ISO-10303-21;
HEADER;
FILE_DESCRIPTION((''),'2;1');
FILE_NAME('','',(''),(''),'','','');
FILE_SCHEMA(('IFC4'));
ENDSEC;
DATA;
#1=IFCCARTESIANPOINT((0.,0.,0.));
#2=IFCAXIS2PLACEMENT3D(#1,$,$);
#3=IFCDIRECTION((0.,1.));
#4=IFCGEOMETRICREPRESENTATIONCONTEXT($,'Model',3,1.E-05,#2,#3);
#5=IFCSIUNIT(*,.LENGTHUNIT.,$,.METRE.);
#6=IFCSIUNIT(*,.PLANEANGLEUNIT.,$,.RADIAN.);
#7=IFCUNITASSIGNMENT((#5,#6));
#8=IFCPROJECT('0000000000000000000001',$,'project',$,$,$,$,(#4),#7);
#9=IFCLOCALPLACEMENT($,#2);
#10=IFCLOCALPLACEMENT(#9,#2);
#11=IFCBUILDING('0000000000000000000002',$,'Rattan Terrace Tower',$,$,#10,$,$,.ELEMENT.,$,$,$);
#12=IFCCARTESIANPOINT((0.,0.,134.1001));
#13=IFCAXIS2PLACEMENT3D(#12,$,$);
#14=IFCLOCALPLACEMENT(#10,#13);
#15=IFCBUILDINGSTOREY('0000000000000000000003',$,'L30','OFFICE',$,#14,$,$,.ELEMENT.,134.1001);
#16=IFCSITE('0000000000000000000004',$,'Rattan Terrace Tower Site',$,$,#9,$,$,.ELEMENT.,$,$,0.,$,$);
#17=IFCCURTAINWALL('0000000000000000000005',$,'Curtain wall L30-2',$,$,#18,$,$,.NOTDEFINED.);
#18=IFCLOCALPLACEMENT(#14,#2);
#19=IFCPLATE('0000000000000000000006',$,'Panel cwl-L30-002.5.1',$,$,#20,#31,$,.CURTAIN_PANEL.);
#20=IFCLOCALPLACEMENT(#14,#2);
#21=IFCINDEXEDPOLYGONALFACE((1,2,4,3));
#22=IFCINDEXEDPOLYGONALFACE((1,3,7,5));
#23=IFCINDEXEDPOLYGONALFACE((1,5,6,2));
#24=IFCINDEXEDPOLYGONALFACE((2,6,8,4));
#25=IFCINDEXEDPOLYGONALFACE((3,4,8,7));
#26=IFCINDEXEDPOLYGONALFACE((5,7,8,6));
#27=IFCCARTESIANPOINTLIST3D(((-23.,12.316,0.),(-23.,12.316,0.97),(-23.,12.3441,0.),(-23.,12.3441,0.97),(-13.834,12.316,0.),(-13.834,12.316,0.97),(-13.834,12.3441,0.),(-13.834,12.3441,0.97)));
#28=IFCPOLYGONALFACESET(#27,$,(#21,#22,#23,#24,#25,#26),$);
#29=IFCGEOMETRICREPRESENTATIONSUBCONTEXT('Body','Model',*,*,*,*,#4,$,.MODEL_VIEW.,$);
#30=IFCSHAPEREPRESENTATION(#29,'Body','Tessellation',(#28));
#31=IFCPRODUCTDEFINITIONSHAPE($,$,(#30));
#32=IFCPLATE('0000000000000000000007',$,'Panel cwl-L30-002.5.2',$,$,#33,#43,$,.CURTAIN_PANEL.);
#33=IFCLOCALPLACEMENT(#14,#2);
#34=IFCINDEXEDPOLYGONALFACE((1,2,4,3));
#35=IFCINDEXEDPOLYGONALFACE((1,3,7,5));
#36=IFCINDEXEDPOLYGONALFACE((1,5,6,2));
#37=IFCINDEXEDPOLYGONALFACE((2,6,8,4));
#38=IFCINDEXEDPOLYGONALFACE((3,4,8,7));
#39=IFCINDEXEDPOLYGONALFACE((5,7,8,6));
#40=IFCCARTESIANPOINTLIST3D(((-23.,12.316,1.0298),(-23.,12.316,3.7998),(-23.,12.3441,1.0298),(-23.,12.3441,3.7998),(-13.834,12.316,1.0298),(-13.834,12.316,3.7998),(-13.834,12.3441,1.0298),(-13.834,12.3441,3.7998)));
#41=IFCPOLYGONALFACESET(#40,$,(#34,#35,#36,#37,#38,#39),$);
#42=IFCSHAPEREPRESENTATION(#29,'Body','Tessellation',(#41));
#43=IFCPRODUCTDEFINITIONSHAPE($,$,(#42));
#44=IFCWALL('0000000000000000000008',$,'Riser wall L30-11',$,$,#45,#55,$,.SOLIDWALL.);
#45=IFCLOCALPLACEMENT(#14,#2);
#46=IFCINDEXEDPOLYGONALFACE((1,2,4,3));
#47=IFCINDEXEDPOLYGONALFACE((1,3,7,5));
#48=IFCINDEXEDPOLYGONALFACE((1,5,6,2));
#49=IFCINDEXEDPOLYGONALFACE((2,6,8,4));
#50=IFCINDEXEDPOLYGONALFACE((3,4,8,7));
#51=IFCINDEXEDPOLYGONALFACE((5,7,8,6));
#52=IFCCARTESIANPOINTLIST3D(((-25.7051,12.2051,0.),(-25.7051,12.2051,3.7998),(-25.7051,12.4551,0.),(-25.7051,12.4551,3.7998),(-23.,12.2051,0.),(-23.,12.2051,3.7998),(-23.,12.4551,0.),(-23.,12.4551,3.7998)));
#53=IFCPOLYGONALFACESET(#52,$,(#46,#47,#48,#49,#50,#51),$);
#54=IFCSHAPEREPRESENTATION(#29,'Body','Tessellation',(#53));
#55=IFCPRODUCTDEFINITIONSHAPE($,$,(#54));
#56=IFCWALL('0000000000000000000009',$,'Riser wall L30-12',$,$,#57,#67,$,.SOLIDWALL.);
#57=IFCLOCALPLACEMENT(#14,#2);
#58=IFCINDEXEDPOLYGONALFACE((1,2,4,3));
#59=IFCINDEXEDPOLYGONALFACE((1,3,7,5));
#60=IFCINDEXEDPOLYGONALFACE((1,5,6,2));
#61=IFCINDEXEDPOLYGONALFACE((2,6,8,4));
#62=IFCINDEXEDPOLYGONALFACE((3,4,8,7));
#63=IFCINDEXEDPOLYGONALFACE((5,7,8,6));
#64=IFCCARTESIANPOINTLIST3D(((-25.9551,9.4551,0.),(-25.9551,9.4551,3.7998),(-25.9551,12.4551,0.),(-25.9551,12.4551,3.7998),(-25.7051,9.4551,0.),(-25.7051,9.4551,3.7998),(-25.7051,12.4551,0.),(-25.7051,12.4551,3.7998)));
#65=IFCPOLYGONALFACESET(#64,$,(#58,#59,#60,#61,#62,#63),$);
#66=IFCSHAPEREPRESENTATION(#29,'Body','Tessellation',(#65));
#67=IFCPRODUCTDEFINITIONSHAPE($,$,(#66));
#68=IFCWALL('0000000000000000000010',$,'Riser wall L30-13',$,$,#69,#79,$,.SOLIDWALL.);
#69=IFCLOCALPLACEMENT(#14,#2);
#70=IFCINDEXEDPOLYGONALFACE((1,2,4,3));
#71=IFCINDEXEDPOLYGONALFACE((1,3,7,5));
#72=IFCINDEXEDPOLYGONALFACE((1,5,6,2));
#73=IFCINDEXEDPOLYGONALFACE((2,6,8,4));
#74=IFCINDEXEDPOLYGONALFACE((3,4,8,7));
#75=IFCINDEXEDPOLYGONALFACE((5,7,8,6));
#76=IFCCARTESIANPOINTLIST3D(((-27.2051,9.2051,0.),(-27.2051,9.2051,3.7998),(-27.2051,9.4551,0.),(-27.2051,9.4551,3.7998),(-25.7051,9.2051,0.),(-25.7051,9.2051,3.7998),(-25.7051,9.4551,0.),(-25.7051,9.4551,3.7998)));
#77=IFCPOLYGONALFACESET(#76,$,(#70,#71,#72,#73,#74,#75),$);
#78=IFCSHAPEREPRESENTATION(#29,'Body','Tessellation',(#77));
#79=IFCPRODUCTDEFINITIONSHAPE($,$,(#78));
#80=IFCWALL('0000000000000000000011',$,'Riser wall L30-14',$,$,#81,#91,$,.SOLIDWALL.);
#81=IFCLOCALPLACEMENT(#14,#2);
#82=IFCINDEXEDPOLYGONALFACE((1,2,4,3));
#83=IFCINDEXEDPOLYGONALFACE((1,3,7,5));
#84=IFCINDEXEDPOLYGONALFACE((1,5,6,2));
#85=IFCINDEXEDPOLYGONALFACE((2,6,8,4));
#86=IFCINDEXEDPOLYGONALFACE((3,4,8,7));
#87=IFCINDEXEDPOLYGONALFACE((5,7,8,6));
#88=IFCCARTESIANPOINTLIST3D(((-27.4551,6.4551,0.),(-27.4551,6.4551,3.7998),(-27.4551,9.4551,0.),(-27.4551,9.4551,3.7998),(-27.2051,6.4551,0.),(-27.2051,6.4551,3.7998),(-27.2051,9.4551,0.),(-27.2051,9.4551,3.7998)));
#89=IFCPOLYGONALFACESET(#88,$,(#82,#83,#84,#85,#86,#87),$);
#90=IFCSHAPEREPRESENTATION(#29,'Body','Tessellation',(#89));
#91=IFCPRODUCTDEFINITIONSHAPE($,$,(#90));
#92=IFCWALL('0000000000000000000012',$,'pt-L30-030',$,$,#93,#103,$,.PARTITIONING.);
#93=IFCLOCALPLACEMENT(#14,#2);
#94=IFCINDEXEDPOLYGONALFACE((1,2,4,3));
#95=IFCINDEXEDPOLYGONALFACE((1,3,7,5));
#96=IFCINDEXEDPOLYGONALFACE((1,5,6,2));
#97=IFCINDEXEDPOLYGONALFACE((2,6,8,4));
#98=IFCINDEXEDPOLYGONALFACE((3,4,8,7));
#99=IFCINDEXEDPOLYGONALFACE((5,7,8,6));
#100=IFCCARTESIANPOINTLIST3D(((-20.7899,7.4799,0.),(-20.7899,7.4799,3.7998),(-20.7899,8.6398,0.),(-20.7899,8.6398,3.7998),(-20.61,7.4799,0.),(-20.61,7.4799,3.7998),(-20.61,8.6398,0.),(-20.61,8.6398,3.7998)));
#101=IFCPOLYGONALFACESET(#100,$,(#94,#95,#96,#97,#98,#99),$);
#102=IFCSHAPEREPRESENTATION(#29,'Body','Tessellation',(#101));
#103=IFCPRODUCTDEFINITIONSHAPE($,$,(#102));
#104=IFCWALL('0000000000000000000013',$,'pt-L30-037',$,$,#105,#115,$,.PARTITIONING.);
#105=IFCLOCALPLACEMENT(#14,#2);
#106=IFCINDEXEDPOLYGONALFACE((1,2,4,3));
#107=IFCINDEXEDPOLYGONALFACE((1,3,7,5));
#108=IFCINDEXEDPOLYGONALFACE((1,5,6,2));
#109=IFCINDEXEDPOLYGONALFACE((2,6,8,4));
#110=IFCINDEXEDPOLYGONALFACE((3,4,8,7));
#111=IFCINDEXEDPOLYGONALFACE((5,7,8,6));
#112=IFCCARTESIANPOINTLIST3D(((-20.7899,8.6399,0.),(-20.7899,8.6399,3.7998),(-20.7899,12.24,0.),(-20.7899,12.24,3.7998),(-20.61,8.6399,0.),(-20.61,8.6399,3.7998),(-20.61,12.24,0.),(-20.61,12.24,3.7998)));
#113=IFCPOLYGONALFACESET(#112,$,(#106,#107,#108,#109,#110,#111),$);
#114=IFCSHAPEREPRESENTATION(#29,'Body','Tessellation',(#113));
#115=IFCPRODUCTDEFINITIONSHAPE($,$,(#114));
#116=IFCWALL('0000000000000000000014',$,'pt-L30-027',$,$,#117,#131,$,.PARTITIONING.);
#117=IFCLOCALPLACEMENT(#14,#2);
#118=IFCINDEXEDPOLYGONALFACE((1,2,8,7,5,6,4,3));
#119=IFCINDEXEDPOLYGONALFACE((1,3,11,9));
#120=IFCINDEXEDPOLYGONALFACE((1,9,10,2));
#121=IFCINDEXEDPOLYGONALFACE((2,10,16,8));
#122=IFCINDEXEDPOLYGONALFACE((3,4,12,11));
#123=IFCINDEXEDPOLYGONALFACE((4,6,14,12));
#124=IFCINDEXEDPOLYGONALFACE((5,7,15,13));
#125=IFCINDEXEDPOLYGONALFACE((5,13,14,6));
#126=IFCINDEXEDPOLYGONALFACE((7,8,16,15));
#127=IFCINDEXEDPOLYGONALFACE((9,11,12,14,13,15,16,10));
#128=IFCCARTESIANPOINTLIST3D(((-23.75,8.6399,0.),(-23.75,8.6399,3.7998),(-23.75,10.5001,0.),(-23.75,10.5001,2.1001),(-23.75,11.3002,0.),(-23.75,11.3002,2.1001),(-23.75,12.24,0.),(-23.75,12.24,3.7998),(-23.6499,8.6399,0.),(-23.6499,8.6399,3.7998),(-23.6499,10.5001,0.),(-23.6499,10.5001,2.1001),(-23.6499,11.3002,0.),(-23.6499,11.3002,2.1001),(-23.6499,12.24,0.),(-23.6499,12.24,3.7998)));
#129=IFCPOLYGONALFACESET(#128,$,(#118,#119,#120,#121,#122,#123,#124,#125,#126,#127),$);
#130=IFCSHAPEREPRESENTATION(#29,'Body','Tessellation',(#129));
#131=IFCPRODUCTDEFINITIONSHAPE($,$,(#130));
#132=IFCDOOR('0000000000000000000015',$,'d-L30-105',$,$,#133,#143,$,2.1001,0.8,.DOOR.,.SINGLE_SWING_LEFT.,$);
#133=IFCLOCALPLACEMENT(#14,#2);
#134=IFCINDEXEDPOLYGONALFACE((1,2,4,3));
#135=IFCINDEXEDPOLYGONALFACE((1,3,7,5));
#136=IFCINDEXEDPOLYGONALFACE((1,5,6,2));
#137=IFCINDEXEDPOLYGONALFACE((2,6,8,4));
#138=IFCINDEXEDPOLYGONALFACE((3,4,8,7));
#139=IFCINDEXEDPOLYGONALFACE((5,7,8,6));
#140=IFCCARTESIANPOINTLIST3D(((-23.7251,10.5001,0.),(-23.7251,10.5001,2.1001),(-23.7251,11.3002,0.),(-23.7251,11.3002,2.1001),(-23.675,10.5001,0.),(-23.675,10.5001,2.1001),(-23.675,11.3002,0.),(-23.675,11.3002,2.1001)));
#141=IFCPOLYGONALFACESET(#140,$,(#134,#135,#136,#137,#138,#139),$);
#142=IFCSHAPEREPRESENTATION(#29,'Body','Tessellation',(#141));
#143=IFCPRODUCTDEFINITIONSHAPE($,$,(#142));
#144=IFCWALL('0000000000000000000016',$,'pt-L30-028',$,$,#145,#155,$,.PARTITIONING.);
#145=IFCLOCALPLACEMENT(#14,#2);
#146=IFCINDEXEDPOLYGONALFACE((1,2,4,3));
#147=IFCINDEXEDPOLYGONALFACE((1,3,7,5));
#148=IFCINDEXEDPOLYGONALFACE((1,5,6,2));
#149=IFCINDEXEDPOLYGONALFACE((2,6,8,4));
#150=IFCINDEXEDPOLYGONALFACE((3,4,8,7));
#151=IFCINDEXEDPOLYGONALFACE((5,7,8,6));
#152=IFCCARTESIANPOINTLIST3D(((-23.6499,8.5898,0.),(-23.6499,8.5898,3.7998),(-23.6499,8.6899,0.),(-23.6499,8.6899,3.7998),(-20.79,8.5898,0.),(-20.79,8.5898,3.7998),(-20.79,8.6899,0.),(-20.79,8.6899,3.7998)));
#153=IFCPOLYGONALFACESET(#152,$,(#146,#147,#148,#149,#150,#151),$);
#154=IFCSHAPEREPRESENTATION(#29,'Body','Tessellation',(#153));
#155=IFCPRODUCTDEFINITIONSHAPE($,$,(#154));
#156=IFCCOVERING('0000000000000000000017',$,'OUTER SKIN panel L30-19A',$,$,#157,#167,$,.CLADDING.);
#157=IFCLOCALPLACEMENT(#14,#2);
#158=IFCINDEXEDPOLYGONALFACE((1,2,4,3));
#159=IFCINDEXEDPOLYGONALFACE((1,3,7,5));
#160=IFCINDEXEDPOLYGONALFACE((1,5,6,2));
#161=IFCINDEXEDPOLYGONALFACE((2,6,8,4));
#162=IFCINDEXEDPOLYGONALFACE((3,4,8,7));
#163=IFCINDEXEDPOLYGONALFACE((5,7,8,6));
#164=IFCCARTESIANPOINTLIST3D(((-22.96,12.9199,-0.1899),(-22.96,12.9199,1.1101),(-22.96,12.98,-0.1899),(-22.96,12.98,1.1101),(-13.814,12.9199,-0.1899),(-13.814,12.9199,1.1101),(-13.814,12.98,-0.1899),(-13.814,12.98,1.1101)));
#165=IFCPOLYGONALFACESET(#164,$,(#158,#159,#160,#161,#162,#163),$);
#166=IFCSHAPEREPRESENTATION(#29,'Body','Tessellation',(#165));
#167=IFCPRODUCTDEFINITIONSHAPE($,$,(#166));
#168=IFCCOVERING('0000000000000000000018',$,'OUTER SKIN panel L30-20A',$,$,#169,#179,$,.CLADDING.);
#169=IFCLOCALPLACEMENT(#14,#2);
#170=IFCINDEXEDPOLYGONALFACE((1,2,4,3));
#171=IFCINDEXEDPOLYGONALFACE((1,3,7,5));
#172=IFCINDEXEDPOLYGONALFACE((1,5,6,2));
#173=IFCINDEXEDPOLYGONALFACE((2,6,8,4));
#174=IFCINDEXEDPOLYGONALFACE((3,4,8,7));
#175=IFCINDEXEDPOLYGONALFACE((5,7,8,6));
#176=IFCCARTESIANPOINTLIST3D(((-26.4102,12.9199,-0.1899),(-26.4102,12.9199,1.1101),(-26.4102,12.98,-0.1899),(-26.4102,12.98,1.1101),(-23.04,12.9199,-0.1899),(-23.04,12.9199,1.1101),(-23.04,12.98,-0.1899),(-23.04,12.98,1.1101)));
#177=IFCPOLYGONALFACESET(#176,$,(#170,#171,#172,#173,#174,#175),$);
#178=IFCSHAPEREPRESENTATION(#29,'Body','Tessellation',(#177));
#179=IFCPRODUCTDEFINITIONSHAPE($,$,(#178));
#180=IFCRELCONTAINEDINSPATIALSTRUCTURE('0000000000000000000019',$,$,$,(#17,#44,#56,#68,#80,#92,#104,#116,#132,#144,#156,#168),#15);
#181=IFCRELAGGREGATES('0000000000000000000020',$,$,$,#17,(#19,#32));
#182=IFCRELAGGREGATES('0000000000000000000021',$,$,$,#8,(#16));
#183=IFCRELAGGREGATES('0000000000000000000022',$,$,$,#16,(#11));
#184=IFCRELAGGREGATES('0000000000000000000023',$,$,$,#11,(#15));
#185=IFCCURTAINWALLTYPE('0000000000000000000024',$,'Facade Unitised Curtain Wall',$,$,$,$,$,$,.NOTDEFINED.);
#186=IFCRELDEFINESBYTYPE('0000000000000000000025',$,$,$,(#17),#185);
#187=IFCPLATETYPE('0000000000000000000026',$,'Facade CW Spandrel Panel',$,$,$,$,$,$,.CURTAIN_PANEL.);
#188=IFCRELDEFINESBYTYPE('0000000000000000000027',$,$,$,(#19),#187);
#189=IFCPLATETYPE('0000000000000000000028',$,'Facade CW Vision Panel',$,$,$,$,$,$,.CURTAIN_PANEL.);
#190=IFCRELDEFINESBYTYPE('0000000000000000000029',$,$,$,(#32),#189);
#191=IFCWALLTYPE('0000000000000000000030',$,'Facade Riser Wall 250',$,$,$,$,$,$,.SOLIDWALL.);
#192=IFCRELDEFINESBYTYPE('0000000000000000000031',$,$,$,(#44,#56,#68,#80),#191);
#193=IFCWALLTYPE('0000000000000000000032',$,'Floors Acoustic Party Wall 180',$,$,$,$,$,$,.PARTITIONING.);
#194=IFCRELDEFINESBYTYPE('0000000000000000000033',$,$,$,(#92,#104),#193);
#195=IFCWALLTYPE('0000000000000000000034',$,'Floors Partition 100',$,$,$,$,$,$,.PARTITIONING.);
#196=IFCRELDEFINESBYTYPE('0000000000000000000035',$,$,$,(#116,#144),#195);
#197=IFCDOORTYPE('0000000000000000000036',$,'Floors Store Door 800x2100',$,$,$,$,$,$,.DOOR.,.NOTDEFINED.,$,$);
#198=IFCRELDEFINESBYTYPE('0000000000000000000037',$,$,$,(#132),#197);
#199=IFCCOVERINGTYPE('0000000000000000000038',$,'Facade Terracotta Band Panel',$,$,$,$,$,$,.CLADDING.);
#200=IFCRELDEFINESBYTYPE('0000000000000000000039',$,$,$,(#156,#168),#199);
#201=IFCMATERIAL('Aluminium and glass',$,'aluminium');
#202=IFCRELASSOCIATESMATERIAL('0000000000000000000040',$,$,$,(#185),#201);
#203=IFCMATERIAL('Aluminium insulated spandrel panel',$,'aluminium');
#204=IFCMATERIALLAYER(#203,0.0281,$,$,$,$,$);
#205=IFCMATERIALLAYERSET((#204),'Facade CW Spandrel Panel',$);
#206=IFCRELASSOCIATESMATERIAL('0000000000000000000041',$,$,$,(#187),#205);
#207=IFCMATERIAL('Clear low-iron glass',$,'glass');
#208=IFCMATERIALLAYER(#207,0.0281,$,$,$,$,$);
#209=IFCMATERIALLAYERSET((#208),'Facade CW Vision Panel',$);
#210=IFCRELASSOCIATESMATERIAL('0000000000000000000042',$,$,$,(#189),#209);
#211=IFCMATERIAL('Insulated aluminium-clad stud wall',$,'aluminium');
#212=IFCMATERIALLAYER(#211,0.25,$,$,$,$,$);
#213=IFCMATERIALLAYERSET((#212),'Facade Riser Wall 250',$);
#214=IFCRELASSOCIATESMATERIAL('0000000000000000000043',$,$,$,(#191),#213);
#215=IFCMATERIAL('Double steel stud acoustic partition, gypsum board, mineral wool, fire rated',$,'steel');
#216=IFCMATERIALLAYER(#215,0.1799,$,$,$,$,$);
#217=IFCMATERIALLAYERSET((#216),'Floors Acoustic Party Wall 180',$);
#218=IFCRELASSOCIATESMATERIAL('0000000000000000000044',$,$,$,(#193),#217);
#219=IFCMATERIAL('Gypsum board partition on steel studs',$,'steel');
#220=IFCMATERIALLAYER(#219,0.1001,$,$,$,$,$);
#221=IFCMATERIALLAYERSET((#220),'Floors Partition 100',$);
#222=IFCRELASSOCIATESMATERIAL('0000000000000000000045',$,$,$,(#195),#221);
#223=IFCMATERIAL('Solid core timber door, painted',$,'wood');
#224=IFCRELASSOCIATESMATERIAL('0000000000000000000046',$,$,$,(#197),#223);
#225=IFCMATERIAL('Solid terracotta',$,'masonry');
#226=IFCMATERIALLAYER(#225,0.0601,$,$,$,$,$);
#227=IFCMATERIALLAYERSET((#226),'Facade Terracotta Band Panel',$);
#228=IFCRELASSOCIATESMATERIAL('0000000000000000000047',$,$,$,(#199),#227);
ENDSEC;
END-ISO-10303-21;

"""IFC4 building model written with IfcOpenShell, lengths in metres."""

from ifc_helpers import new_model, si_unit, direction, frame, frame_2d, origin, origin_2d, place, context, subcontext, project, spatial, rectangle, extrude, material, layer, layer_set, type_object, element, fill, aggregate, save


model = new_model("IFC4")

# Units and contexts
model_context = context("Model", 3, precision=1e-05, world=origin(), true_north=direction((0.0, 1.0)))
body_context = subcontext(model_context, "Body", "Model", "MODEL_VIEW")
ifc_project = project(units=[si_unit("LENGTHUNIT", "METRE"), si_unit("PLANEANGLEUNIT", "RADIAN")], contexts=[model_context])

# Site, building, storey
site_placement = place(None, origin())
site = spatial("IfcSite", under=ifc_project, at=site_placement, Name="Rattan Terrace Tower Site", CompositionType="ELEMENT", RefElevation=0.0)
building_placement = place(site_placement, origin())
building = spatial("IfcBuilding", under=site, at=building_placement, Name="Rattan Terrace Tower", CompositionType="ELEMENT")
storey_placement = place(building_placement, frame((0.0, 0.0, 134.1001)))
storey = spatial("IfcBuildingStorey", under=building, at=storey_placement, Name="L30", Description="OFFICE", CompositionType="ELEMENT", Elevation=134.1001)

# Curtain wall, plates
ifc_material_1 = material(Name="Aluminium and glass", Category="aluminium")
curtain_wall_type = type_object("IfcCurtainWallType", Name="Facade Unitised Curtain Wall", PredefinedType="NOTDEFINED", material=ifc_material_1)
curtain_wall_placement = place(storey_placement, origin())
curtain_wall = element("IfcCurtainWall", 1, at=curtain_wall_placement, inside=storey, type_object=curtain_wall_type, Name="Curtain wall L30-2", PredefinedType="NOTDEFINED")
ifc_material_2 = material(Name="Aluminium insulated spandrel panel", Category="aluminium")
ifc_layer_1 = layer(ifc_material_2, 0.0281)
ifc_layer_set_1 = layer_set([ifc_layer_1], Name="Facade CW Spandrel Panel")
plate_type_1 = type_object("IfcPlateType", Name="Facade CW Spandrel Panel", PredefinedType="CURTAIN_PANEL", material=ifc_layer_set_1)
plate_1_placement = place(storey_placement, frame((-18.417, 12.3301, 0.0), z_axis=(0.0, 0.0, 1.0), x_axis=(-1.0, 0.0, 0.0)))
plate_1 = element("IfcPlate", 2, at=plate_1_placement, type_object=plate_type_1, Name="Panel cwl-L30-002.5.1", PredefinedType="CURTAIN_PANEL", context=body_context, shape_type="SweptSolid", body=[
    extrude(rectangle(XDim=9.166, YDim=0.0281, at=origin_2d()), origin(), (0.0, 0.0, 1.0), 0.97),
])
ifc_material_3 = material(Name="Clear low-iron glass", Category="glass")
ifc_layer_2 = layer(ifc_material_3, 0.0281)
ifc_layer_set_2 = layer_set([ifc_layer_2], Name="Facade CW Vision Panel")
plate_type_2 = type_object("IfcPlateType", Name="Facade CW Vision Panel", PredefinedType="CURTAIN_PANEL", material=ifc_layer_set_2)
plate_2_placement = place(storey_placement, frame((-18.417, 12.3301, 1.0298), z_axis=(0.0, 0.0, 1.0), x_axis=(-1.0, 0.0, 0.0)))
plate_2 = element("IfcPlate", 3, at=plate_2_placement, type_object=plate_type_2, Name="Panel cwl-L30-002.5.2", PredefinedType="CURTAIN_PANEL", context=body_context, shape_type="SweptSolid", body=[
    extrude(rectangle(XDim=9.166, YDim=0.0281, at=origin_2d()), origin(), (0.0, 0.0, 1.0), 2.77),
])
aggregate(curtain_wall, [plate_1, plate_2])

# Walls
ifc_material_4 = material(Name="Insulated aluminium-clad stud wall", Category="aluminium")
ifc_layer_3 = layer(ifc_material_4, 0.25)
ifc_layer_set_3 = layer_set([ifc_layer_3], Name="Facade Riser Wall 250")
wall_type_1 = type_object("IfcWallType", Name="Facade Riser Wall 250", PredefinedType="SOLIDWALL", material=ifc_layer_set_3)
wall_1_placement = place(storey_placement, frame((-23.0, 12.3301, 0.0), z_axis=(0.0, 0.0, 1.0), x_axis=(-1.0, 0.0, 0.0)))
element("IfcWall", 4, at=wall_1_placement, inside=storey, type_object=wall_type_1, Name="Riser wall L30-11", PredefinedType="SOLIDWALL", context=body_context, shape_type="SweptSolid", body=[
    extrude(rectangle(XDim=2.7051, YDim=0.25, at=frame_2d((1.3525, 0.0))), origin(), (0.0, 0.0, 1.0), 3.7998),
])
wall_2_placement = place(storey_placement, frame((-25.8301, 12.4551, 0.0), z_axis=(0.0, 0.0, 1.0), x_axis=(0.0, -1.0, 0.0)))
element("IfcWall", 5, at=wall_2_placement, inside=storey, type_object=wall_type_1, Name="Riser wall L30-12", PredefinedType="SOLIDWALL", context=body_context, shape_type="SweptSolid", body=[
    extrude(rectangle(XDim=3.0, YDim=0.25, at=frame_2d((1.5, 0.0))), origin(), (0.0, 0.0, 1.0), 3.7998),
])
wall_3_placement = place(storey_placement, frame((-25.7051, 9.3301, 0.0), z_axis=(0.0, 0.0, 1.0), x_axis=(-1.0, 0.0, 0.0)))
element("IfcWall", 6, at=wall_3_placement, inside=storey, type_object=wall_type_1, Name="Riser wall L30-13", PredefinedType="SOLIDWALL", context=body_context, shape_type="SweptSolid", body=[
    extrude(rectangle(XDim=1.5, YDim=0.25, at=frame_2d((0.75, 0.0))), origin(), (0.0, 0.0, 1.0), 3.7998),
])
wall_4_placement = place(storey_placement, frame((-27.3301, 9.4551, 0.0), z_axis=(0.0, 0.0, 1.0), x_axis=(0.0, -1.0, 0.0)))
element("IfcWall", 7, at=wall_4_placement, inside=storey, type_object=wall_type_1, Name="Riser wall L30-14", PredefinedType="SOLIDWALL", context=body_context, shape_type="SweptSolid", body=[
    extrude(rectangle(XDim=3.0, YDim=0.25, at=frame_2d((1.5, 0.0))), origin(), (0.0, 0.0, 1.0), 3.7998),
])
ifc_material_5 = material(Name="Double steel stud acoustic partition, gypsum board, mineral wool, fire rated", Category="steel")
ifc_layer_4 = layer(ifc_material_5, 0.1799)
ifc_layer_set_4 = layer_set([ifc_layer_4], Name="Floors Acoustic Party Wall 180")
wall_type_2 = type_object("IfcWallType", Name="Floors Acoustic Party Wall 180", PredefinedType="PARTITIONING", material=ifc_layer_set_4)
wall_5_placement = place(storey_placement, frame((-20.7, 8.6399, 0.0), z_axis=(0.0, 0.0, 1.0), x_axis=(0.0, -1.0, 0.0)))
element("IfcWall", 8, at=wall_5_placement, inside=storey, type_object=wall_type_2, Name="pt-L30-030", PredefinedType="PARTITIONING", context=body_context, shape_type="SweptSolid", body=[
    extrude(rectangle(XDim=1.1599, YDim=0.1799, at=frame_2d((0.5801, 0.0))), origin(), (0.0, 0.0, 1.0), 3.7998),
])
wall_6_placement = place(storey_placement, frame((-20.7, 12.24, 0.0), z_axis=(0.0, 0.0, 1.0), x_axis=(0.0, -1.0, 0.0)))
element("IfcWall", 9, at=wall_6_placement, inside=storey, type_object=wall_type_2, Name="pt-L30-037", PredefinedType="PARTITIONING", context=body_context, shape_type="SweptSolid", body=[
    extrude(rectangle(XDim=3.6001, YDim=0.1799, at=frame_2d((1.8, 0.0))), origin(), (0.0, 0.0, 1.0), 3.7998),
])

# Wall, opening, door
ifc_material_6 = material(Name="Gypsum board partition on steel studs", Category="steel")
ifc_layer_5 = layer(ifc_material_6, 0.1001)
ifc_layer_set_5 = layer_set([ifc_layer_5], Name="Floors Partition 100")
wall_type_3 = type_object("IfcWallType", Name="Floors Partition 100", PredefinedType="PARTITIONING", material=ifc_layer_set_5)
wall_7_placement = place(storey_placement, frame((-23.7, 12.24, 0.0), z_axis=(0.0, 0.0, 1.0), x_axis=(0.0, -1.0, 0.0)))
wall_7 = element("IfcWall", 10, at=wall_7_placement, inside=storey, type_object=wall_type_3, Name="pt-L30-027", PredefinedType="PARTITIONING", context=body_context, shape_type="SweptSolid", body=[
    extrude(rectangle(XDim=3.6001, YDim=0.1001, at=frame_2d((1.8, 0.0))), origin(), (0.0, 0.0, 1.0), 3.7998),
])
opening_placement = place(wall_7_placement, frame((0.9399, 0.0, 0.0)))
opening = element("IfcOpeningElement", 11, at=opening_placement, cuts=wall_7, PredefinedType="OPENING", context=body_context, shape_type="SweptSolid", body=[
    extrude(rectangle(XDim=0.8, YDim=2.1001, at=frame_2d((0.3999, 1.05))), frame((0.0, 0.0605, 0.0), z_axis=(0.0, -1.0, 0.0), x_axis=(1.0, 0.0, 0.0)), (0.0, 0.0, 1.0), 0.1211),
])
ifc_material_7 = material(Name="Solid core timber door, painted", Category="wood")
door_type = type_object("IfcDoorType", Name="Floors Store Door 800x2100", OperationType="NOTDEFINED", PredefinedType="DOOR", material=ifc_material_7)
door_placement = place(opening_placement, origin())
door = element("IfcDoor", 12, at=door_placement, inside=storey, type_object=door_type, Name="d-L30-105", OperationType="SINGLE_SWING_LEFT", OverallHeight=2.1001, OverallWidth=0.8, PredefinedType="DOOR", context=body_context, shape_type="SweptSolid", body=[
    extrude(rectangle(XDim=0.8, YDim=2.1001, at=frame_2d((0.3999, 1.05))), frame((0.0, 0.0249, 0.0), z_axis=(0.0, -1.0, 0.0), x_axis=(1.0, 0.0, 0.0)), (0.0, 0.0, 1.0), 0.05),
])
fill(opening, door)

# Wall
wall_8_placement = place(storey_placement, frame((-23.6499, 8.6399, 0.0), z_axis=(0.0, 0.0, 1.0), x_axis=(1.0, 0.0, 0.0)))
element("IfcWall", 13, at=wall_8_placement, inside=storey, type_object=wall_type_3, Name="pt-L30-028", PredefinedType="PARTITIONING", context=body_context, shape_type="SweptSolid", body=[
    extrude(rectangle(XDim=2.8599, YDim=0.1001, at=frame_2d((1.4299, 0.0))), origin(), (0.0, 0.0, 1.0), 3.7998),
])

# Coverings
ifc_material_8 = material(Name="Solid terracotta", Category="masonry")
ifc_layer_6 = layer(ifc_material_8, 0.0601)
ifc_layer_set_6 = layer_set([ifc_layer_6], Name="Facade Terracotta Band Panel")
covering_type_1 = type_object("IfcCoveringType", Name="Facade Terracotta Band Panel", PredefinedType="CLADDING", material=ifc_layer_set_6)
covering_1_placement = place(storey_placement, frame((-18.387, 12.95, -0.1899), z_axis=(0.0, 0.0, 1.0), x_axis=(-1.0, 0.0, 0.0)))
element("IfcCovering", 14, at=covering_1_placement, inside=storey, type_object=covering_type_1, Name="OUTER SKIN panel L30-19A", PredefinedType="CLADDING", context=body_context, shape_type="SweptSolid", body=[
    extrude(rectangle(XDim=9.146, YDim=0.0601, at=origin_2d()), origin(), (0.0, 0.0, 1.0), 1.3),
])
covering_2_placement = place(storey_placement, frame((-24.7251, 12.95, -0.1899), z_axis=(0.0, 0.0, 1.0), x_axis=(-1.0, 0.0, 0.0)))
element("IfcCovering", 15, at=covering_2_placement, inside=storey, type_object=covering_type_1, Name="OUTER SKIN panel L30-20A", PredefinedType="CLADDING", context=body_context, shape_type="SweptSolid", body=[
    extrude(rectangle(XDim=3.3701, YDim=0.0601, at=origin_2d()), origin(), (0.0, 0.0, 1.0), 1.3),
])

save(model, "model.ifc")
